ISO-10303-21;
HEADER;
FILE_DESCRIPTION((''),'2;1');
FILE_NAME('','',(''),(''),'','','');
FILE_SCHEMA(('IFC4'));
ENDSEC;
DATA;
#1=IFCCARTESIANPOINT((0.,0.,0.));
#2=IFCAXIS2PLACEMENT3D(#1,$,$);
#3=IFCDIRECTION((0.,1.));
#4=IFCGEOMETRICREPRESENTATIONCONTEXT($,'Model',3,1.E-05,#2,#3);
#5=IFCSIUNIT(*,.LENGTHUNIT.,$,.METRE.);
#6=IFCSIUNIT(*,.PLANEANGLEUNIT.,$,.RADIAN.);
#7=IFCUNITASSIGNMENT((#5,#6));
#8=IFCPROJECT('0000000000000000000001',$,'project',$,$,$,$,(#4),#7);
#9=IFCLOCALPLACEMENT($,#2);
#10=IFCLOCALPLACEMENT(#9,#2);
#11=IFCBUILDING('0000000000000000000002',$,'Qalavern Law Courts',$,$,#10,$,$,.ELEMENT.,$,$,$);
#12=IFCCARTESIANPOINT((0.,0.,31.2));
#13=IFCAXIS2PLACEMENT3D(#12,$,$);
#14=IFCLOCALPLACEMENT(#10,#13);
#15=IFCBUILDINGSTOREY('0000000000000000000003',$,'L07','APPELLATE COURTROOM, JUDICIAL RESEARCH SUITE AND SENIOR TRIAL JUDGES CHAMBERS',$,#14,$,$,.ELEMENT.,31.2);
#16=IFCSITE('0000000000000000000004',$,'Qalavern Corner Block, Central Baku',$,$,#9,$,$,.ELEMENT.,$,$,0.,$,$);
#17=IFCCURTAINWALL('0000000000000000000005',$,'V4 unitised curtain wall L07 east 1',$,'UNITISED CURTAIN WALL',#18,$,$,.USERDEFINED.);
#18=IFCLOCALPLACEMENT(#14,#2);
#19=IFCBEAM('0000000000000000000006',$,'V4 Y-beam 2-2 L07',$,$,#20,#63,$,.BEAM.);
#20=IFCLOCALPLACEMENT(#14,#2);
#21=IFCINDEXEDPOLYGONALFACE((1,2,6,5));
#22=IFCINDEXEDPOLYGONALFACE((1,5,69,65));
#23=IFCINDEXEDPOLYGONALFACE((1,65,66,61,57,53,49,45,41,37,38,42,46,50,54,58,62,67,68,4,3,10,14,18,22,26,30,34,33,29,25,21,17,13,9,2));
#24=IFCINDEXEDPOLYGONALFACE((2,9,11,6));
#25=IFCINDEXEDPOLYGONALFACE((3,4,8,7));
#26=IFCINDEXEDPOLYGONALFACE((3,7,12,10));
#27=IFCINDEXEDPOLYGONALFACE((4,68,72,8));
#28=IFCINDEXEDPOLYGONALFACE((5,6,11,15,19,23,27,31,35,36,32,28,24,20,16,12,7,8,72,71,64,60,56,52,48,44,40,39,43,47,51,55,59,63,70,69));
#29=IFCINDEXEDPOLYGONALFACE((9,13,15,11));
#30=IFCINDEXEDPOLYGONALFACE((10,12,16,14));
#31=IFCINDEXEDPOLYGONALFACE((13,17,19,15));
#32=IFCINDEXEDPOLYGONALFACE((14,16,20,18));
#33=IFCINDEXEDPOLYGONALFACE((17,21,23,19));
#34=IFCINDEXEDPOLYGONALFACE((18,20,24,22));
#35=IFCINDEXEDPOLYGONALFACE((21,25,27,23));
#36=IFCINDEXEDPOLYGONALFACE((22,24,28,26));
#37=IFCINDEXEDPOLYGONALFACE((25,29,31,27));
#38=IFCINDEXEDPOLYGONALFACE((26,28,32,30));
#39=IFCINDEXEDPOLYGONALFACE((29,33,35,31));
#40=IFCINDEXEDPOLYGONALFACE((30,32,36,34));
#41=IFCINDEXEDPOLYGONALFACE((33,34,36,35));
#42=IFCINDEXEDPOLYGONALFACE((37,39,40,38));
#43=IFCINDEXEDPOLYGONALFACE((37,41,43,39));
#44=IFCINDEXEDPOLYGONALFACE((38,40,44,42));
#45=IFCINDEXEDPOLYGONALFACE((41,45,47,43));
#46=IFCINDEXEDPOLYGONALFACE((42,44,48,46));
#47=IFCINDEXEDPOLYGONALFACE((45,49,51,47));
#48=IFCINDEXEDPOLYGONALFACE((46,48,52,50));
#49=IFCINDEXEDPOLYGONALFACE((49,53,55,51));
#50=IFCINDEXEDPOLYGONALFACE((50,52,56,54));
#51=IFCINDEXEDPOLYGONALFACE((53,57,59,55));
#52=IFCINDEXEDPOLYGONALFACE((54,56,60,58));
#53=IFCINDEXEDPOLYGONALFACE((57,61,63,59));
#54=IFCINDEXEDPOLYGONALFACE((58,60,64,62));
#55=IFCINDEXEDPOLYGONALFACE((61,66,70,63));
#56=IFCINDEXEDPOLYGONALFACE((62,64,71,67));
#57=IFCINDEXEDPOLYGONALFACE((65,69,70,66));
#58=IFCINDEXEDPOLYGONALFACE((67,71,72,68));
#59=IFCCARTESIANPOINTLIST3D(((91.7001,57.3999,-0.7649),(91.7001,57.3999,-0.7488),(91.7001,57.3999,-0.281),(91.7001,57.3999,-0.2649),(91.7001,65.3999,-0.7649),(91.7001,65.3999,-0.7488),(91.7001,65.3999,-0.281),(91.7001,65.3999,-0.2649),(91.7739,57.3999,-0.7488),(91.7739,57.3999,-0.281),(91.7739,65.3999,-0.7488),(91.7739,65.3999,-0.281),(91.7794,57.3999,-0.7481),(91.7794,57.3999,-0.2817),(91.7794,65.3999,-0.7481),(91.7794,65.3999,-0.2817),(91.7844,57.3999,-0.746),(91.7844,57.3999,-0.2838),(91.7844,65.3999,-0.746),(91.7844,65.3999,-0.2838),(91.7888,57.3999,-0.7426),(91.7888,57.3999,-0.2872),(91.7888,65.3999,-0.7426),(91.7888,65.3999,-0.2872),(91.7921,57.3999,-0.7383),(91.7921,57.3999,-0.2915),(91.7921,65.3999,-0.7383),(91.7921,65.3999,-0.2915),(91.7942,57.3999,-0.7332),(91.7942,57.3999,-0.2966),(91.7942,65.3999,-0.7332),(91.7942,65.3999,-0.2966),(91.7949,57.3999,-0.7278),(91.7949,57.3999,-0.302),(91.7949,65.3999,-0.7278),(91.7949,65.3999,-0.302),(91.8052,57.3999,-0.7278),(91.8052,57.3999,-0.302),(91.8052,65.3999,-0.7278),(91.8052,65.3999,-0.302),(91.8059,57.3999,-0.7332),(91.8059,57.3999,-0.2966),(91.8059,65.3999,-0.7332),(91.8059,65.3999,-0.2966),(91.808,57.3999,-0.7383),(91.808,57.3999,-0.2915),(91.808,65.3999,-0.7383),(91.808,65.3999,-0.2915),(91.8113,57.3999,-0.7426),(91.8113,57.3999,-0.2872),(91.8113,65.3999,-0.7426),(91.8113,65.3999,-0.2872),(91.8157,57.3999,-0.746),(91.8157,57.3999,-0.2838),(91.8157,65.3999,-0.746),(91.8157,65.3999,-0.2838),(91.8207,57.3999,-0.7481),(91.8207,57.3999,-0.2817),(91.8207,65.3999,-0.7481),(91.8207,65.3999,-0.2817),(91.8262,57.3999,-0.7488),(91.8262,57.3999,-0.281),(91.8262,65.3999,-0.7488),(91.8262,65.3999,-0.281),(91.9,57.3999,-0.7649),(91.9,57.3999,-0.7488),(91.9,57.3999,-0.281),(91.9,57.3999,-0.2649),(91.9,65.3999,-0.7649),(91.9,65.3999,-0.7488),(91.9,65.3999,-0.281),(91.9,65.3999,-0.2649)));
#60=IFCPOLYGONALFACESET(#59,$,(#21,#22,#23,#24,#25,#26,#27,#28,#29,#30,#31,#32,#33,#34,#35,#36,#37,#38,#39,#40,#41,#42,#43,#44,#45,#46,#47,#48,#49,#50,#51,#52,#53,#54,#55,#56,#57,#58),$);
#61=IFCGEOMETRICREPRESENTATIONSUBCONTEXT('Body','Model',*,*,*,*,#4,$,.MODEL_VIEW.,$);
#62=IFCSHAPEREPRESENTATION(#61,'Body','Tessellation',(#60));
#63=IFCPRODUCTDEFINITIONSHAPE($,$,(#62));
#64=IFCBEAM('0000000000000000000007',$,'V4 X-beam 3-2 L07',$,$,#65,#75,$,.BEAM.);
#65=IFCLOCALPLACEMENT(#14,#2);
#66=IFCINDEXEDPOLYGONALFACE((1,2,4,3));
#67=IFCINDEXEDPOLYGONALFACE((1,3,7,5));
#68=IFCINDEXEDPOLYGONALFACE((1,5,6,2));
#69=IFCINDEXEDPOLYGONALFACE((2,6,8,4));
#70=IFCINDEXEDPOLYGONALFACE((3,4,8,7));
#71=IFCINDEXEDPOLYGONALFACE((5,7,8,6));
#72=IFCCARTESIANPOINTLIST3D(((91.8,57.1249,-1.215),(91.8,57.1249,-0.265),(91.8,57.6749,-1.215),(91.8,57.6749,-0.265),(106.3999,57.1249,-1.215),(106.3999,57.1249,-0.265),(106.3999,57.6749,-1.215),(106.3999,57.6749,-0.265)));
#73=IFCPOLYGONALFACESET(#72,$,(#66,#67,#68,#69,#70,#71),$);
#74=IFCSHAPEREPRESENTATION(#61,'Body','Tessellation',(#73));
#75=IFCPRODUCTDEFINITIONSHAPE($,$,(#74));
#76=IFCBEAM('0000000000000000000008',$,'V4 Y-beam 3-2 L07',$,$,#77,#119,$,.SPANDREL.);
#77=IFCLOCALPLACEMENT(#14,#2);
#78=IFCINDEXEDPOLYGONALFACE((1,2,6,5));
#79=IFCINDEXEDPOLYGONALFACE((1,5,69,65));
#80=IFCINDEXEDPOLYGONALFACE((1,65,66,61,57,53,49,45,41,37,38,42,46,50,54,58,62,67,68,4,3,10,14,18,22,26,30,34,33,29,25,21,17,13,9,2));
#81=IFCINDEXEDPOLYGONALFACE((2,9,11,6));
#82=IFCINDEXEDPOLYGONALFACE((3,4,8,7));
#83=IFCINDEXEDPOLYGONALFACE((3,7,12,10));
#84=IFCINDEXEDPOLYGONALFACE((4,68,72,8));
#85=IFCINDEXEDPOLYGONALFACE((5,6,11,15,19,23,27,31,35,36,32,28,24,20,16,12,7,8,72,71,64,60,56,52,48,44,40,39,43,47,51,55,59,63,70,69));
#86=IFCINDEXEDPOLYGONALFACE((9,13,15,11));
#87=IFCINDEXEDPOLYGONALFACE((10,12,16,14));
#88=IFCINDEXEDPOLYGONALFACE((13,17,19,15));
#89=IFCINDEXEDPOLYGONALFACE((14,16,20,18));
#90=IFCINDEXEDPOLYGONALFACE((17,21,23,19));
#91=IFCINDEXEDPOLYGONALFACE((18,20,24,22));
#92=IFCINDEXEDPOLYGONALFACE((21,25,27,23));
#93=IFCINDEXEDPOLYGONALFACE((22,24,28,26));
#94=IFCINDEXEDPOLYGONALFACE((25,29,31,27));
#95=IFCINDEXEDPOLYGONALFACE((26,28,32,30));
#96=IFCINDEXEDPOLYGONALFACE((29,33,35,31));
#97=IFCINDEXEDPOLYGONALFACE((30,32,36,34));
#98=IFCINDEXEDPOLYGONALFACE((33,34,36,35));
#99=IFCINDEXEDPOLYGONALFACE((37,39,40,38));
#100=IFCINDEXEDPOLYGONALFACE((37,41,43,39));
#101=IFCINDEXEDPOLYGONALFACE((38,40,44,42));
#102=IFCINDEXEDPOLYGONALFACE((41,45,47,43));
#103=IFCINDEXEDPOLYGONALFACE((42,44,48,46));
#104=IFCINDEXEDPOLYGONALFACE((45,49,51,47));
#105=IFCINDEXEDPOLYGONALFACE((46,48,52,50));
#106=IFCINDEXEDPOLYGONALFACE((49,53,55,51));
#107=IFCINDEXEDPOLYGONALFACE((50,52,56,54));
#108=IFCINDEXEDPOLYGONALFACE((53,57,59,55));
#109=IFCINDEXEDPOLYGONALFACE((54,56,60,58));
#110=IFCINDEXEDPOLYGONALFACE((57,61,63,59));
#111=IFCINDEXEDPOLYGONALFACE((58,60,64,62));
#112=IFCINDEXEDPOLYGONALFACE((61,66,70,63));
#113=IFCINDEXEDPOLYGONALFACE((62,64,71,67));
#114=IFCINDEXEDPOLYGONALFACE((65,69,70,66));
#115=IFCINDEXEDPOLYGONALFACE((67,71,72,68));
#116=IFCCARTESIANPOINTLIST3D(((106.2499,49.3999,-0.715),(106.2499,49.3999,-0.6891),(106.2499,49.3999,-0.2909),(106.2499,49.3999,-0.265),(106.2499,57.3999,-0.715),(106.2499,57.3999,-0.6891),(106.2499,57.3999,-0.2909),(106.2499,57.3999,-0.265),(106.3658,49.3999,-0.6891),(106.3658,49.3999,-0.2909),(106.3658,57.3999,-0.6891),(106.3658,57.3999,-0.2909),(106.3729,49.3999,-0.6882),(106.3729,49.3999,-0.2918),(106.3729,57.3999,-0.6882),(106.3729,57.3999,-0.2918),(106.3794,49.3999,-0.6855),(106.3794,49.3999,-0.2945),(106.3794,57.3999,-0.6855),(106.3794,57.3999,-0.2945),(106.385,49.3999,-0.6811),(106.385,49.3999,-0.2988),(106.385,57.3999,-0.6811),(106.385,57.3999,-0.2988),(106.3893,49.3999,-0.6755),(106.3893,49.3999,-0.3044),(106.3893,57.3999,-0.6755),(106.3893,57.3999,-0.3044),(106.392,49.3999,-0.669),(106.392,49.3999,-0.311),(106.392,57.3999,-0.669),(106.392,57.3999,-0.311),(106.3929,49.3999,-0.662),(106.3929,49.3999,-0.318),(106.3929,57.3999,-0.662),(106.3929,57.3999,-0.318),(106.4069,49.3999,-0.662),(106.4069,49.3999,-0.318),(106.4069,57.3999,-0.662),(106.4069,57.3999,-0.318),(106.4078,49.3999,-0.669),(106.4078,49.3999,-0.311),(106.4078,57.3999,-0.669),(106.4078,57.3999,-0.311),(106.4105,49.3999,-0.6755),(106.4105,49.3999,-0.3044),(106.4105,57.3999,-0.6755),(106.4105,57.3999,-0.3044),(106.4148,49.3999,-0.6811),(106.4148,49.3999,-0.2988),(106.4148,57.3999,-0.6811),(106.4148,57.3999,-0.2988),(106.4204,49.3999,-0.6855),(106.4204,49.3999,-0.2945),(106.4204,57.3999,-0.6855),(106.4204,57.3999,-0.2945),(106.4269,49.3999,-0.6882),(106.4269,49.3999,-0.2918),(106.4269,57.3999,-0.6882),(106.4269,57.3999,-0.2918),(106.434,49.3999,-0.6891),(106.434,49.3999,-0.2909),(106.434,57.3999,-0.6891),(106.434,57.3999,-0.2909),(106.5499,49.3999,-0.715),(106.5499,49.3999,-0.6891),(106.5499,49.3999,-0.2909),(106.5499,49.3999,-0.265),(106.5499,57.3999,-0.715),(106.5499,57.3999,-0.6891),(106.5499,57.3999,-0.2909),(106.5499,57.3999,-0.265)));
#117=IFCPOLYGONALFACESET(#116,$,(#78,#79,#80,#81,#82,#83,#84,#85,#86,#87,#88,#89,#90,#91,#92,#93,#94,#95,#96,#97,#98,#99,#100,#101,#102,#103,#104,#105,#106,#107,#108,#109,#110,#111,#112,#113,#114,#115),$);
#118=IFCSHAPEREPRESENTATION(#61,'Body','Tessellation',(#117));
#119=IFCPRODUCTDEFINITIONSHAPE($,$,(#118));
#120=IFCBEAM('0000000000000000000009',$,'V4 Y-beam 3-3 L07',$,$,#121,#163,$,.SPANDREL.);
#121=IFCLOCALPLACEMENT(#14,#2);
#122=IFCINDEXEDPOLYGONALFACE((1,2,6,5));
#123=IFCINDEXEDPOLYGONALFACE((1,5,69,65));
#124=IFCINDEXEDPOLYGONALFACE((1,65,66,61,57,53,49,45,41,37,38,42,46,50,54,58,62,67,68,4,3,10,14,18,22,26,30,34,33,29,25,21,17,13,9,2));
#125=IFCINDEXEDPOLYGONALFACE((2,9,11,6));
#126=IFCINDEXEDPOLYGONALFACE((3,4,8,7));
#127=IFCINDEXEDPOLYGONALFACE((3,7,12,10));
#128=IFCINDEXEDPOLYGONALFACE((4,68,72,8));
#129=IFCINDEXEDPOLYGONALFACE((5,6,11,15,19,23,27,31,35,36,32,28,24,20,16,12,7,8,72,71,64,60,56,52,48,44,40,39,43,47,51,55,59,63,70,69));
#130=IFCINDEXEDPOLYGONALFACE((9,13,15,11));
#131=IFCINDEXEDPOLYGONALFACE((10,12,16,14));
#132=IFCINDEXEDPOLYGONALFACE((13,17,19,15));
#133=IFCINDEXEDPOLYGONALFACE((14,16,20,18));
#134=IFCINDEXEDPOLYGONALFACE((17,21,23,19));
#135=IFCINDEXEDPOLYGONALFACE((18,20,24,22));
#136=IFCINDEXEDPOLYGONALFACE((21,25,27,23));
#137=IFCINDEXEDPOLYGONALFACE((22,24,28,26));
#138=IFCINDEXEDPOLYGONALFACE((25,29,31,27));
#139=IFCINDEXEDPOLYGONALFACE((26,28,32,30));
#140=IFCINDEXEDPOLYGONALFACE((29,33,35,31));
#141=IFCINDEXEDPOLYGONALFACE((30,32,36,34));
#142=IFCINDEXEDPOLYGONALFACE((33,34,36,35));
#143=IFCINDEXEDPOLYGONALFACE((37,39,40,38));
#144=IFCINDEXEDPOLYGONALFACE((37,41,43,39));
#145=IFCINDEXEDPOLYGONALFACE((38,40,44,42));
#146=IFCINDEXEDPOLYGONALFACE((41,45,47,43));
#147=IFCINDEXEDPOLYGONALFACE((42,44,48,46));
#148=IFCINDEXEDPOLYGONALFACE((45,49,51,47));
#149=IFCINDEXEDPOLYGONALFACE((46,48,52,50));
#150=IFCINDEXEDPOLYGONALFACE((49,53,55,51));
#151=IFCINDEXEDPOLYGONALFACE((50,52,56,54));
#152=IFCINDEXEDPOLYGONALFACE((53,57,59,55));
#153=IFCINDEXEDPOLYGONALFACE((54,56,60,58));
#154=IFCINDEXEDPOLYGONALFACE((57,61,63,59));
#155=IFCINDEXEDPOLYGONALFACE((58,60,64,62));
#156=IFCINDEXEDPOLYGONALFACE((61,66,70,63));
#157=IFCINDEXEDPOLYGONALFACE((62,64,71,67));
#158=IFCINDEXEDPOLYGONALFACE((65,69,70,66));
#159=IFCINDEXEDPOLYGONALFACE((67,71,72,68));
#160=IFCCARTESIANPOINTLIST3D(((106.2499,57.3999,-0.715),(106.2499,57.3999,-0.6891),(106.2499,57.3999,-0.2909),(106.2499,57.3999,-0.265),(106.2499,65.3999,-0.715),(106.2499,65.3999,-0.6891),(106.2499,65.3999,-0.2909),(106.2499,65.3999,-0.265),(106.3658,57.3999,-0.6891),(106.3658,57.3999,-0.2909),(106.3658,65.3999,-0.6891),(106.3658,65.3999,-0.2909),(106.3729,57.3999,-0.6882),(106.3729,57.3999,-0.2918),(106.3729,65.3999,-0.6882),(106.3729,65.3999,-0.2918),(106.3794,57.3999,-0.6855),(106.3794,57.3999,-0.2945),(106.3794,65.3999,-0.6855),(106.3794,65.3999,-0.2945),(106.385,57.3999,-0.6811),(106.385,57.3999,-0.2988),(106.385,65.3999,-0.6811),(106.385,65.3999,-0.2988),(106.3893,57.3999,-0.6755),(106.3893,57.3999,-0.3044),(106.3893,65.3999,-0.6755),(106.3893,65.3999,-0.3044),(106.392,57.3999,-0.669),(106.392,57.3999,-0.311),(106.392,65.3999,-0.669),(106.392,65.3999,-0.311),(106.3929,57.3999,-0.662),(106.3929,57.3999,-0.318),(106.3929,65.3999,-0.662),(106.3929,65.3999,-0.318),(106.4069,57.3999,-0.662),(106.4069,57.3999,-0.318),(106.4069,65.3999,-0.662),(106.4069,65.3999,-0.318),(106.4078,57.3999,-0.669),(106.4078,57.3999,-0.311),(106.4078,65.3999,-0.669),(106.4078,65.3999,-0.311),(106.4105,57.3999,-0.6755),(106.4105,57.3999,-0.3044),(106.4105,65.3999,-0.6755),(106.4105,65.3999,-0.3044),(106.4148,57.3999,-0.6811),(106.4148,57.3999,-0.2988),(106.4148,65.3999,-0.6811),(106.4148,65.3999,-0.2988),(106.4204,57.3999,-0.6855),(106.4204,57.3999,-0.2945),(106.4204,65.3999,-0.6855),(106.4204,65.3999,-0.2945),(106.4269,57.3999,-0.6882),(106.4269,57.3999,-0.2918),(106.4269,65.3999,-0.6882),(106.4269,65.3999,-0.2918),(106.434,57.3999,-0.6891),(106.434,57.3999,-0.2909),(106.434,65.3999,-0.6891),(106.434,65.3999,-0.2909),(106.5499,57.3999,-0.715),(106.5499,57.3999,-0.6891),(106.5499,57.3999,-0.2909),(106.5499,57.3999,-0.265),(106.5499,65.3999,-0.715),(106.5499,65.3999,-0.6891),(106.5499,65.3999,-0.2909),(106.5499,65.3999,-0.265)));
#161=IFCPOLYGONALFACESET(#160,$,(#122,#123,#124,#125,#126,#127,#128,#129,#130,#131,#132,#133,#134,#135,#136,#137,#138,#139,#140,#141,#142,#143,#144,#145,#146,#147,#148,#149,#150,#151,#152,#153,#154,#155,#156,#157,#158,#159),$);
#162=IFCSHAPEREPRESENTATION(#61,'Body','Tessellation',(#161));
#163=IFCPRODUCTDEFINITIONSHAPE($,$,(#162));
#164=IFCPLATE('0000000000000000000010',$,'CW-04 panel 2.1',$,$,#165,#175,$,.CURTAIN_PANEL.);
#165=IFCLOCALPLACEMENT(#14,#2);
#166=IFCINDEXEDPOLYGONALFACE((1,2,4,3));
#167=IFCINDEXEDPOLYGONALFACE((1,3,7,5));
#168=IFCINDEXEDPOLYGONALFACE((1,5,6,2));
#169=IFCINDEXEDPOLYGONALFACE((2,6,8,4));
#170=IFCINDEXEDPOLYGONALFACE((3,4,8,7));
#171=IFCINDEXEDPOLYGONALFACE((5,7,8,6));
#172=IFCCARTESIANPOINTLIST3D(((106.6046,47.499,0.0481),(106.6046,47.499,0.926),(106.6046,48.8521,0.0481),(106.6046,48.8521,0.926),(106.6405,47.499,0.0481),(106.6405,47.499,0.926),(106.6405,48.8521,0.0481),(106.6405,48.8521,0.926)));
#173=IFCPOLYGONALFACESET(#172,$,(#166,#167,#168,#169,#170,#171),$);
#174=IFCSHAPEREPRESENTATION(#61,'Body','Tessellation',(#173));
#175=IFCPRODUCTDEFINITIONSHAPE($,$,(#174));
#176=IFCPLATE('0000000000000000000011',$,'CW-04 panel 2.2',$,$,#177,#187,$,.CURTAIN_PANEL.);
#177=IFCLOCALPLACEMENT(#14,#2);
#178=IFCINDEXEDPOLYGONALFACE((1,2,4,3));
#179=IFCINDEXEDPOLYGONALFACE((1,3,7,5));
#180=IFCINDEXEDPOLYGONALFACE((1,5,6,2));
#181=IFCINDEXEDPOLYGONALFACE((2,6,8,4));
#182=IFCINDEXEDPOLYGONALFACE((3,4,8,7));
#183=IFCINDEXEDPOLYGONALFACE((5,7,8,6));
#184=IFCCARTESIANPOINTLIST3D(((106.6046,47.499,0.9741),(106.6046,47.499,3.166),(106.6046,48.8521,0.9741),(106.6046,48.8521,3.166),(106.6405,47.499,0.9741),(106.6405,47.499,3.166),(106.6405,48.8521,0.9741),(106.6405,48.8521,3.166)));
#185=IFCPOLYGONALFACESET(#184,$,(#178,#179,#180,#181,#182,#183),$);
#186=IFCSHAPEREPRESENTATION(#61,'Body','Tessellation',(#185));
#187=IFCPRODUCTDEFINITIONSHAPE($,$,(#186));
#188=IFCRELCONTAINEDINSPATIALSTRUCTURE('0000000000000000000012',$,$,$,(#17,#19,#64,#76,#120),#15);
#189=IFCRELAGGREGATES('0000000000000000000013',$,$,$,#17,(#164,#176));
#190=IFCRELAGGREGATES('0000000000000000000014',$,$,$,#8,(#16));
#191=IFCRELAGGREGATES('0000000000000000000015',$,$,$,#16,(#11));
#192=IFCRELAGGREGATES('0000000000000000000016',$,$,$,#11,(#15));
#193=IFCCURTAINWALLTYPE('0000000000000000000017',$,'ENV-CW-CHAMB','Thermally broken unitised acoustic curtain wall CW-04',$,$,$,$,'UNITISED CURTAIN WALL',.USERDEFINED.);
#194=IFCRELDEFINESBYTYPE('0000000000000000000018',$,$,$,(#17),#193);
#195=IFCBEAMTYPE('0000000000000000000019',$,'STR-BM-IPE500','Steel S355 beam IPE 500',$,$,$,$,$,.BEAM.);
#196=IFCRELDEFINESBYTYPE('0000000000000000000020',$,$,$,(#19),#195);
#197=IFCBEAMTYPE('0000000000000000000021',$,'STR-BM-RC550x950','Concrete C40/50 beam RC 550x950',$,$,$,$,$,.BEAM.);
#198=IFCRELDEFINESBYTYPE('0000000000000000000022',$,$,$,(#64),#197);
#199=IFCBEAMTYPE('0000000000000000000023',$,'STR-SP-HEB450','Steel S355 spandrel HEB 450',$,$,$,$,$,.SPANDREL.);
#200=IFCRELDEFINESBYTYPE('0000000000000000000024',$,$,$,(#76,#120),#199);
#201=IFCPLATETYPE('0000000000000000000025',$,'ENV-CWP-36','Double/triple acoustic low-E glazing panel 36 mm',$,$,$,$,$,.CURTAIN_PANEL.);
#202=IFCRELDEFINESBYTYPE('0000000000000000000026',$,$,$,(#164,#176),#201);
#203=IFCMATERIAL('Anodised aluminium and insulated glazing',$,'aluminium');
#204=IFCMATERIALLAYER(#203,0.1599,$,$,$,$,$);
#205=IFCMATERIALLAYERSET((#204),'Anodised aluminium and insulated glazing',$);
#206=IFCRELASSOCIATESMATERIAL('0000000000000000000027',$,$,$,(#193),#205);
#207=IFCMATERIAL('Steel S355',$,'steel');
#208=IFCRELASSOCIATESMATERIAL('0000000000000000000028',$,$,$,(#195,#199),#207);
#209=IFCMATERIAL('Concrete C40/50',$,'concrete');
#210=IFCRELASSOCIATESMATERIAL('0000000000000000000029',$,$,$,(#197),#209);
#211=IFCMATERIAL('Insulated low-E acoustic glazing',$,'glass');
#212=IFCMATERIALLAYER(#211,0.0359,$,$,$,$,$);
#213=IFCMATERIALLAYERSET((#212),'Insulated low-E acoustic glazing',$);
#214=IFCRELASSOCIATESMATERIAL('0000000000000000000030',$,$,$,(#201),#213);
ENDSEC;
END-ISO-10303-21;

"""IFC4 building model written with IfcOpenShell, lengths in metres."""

from ifc_helpers import new_model, si_unit, direction, frame, origin, origin_2d, place, context, subcontext, project, spatial, rectangle, i_section, extrude, material, layer, layer_set, material_profile, profile_set, type_object, element, aggregate, save


model = new_model("IFC4")

# Units and contexts
model_context = context("Model", 3, precision=1e-05, world=origin(), true_north=direction((0.0, 1.0)))
body_context = subcontext(model_context, "Body", "Model", "MODEL_VIEW")
ifc_project = project(units=[si_unit("LENGTHUNIT", "METRE"), si_unit("PLANEANGLEUNIT", "RADIAN")], contexts=[model_context])

# Site, building, storey
site_placement = place(None, origin())
site = spatial("IfcSite", under=ifc_project, at=site_placement, Name="Qalavern Corner Block, Central Baku", CompositionType="ELEMENT", RefElevation=0.0)
building_placement = place(site_placement, origin())
building = spatial("IfcBuilding", under=site, at=building_placement, Name="Qalavern Law Courts", CompositionType="ELEMENT")
storey_placement = place(building_placement, frame((0.0, 0.0, 31.2)))
storey = spatial("IfcBuildingStorey", under=building, at=storey_placement, Name="L07", Description="APPELLATE COURTROOM, JUDICIAL RESEARCH SUITE AND SENIOR TRIAL JUDGES CHAMBERS", CompositionType="ELEMENT", Elevation=31.2)

# Curtain wall
ifc_material_1 = material(Name="Anodised aluminium and insulated glazing", Category="aluminium")
ifc_layer_1 = layer(ifc_material_1, 0.1599)
ifc_layer_set_1 = layer_set([ifc_layer_1], Name="Anodised aluminium and insulated glazing")
curtain_wall_type = type_object("IfcCurtainWallType", Name="ENV-CW-CHAMB", Description="Thermally broken unitised acoustic curtain wall CW-04", ElementType="UNITISED CURTAIN WALL", PredefinedType="USERDEFINED", material=ifc_layer_set_1)
curtain_wall_1_placement = place(storey_placement, origin())
curtain_wall_1 = element("IfcCurtainWall", 1, at=curtain_wall_1_placement, inside=storey, type_object=curtain_wall_type, Name="V4 unitised curtain wall L07 east 1", ObjectType="UNITISED CURTAIN WALL", PredefinedType="USERDEFINED")

# Beams
ifc_material_2 = material(Name="Steel S355", Category="steel")
ifc_material_profile_1 = material_profile(ifc_material_2, i_section(OverallWidth=0.2, OverallDepth=0.5, WebThickness=0.0103, FlangeThickness=0.0161, FilletRadius=0.021, at=origin_2d()), Name="IPE 500")
ifc_profile_set_1 = profile_set([ifc_material_profile_1], Name="Steel S355")
beam_type_1 = type_object("IfcBeamType", Name="STR-BM-IPE500", Description="Steel S355 beam IPE 500", PredefinedType="BEAM", material=ifc_profile_set_1)
beam_1_placement = place(storey_placement, frame((91.8, 57.3999, -0.5149), z_axis=(0.0, 1.0, 0.0), x_axis=(-1.0, 0.0, 0.0)))
element("IfcBeam", 2, at=beam_1_placement, inside=storey, type_object=beam_type_1, Name="V4 Y-beam 2-2 L07", PredefinedType="BEAM", context=body_context, shape_type="SweptSolid", body=[
    extrude(i_section(OverallWidth=0.2, OverallDepth=0.5, WebThickness=0.0103, FlangeThickness=0.0161, FilletRadius=0.021, at=origin_2d()), origin(), (0.0, 0.0, 1.0), 8.0),
])
ifc_material_3 = material(Name="Concrete C40/50", Category="concrete")
ifc_material_profile_2 = material_profile(ifc_material_3, rectangle(XDim=0.55, YDim=0.95, at=origin_2d()), Name="RC 550x950")
ifc_profile_set_2 = profile_set([ifc_material_profile_2], Name="Concrete C40/50")
beam_type_2 = type_object("IfcBeamType", Name="STR-BM-RC550x950", Description="Concrete C40/50 beam RC 550x950", PredefinedType="BEAM", material=ifc_profile_set_2)
beam_2_placement = place(storey_placement, frame((91.8, 57.3999, -0.74), z_axis=(1.0, 0.0, 0.0), x_axis=(0.0, 1.0, 0.0)))
element("IfcBeam", 3, at=beam_2_placement, inside=storey, type_object=beam_type_2, Name="V4 X-beam 3-2 L07", PredefinedType="BEAM", context=body_context, shape_type="SweptSolid", body=[
    extrude(rectangle(XDim=0.55, YDim=0.95, at=origin_2d()), origin(), (0.0, 0.0, 1.0), 14.5999),
])
ifc_material_profile_3 = material_profile(ifc_material_2, i_section(OverallWidth=0.3, OverallDepth=0.45, WebThickness=0.0139, FlangeThickness=0.0259, FilletRadius=0.0271, at=origin_2d()), Name="HEB 450")
ifc_profile_set_3 = profile_set([ifc_material_profile_3], Name="Steel S355")
beam_type_3 = type_object("IfcBeamType", Name="STR-SP-HEB450", Description="Steel S355 spandrel HEB 450", PredefinedType="SPANDREL", material=ifc_profile_set_3)
for number, where, z_axis, x_axis, name in (
    (4, (106.3999, 49.3999, -0.49), (0.0, 1.0, 0.0), (-1.0, 0.0, 0.0), "V4 Y-beam 3-2 L07"),
    (5, (106.3999, 57.3999, -0.49), (0.0, 1.0, 0.0), (-1.0, 0.0, 0.0), "V4 Y-beam 3-3 L07"),
):
    element("IfcBeam", number, at=place(storey_placement, frame(where, z_axis=z_axis, x_axis=x_axis)), inside=storey, type_object=beam_type_3, Name=name, PredefinedType="SPANDREL", context=body_context, shape_type="SweptSolid", body=[
        extrude(i_section(OverallWidth=0.3, OverallDepth=0.45, WebThickness=0.0139, FlangeThickness=0.0259, FilletRadius=0.0271, at=origin_2d()), origin(), (0.0, 0.0, 1.0), 8.0),
    ])

# Plates
ifc_material_4 = material(Name="Insulated low-E acoustic glazing", Category="glass")
ifc_layer_2 = layer(ifc_material_4, 0.0359)
ifc_layer_set_2 = layer_set([ifc_layer_2], Name="Insulated low-E acoustic glazing")
plate_type_1 = type_object("IfcPlateType", Name="ENV-CWP-36", Description="Double/triple acoustic low-E glazing panel 36 mm", PredefinedType="CURTAIN_PANEL", material=ifc_layer_set_2)
plate_1_placement = place(storey_placement, frame((106.6226, 48.1755, 0.0481), z_axis=(0.0, 0.0, 1.0), x_axis=(0.0, 1.0, 0.0)))
plate_1 = element("IfcPlate", 6, at=plate_1_placement, type_object=plate_type_1, Name="CW-04 panel 2.1", PredefinedType="CURTAIN_PANEL", context=body_context, shape_type="SweptSolid", body=[
    extrude(rectangle(XDim=1.353, YDim=0.0359, at=origin_2d()), origin(), (0.0, 0.0, 1.0), 0.8779),
])
plate_2_placement = place(storey_placement, frame((106.6226, 48.1755, 0.9741), z_axis=(0.0, 0.0, 1.0), x_axis=(0.0, 1.0, 0.0)))
plate_2 = element("IfcPlate", 7, at=plate_2_placement, type_object=plate_type_1, Name="CW-04 panel 2.2", PredefinedType="CURTAIN_PANEL", context=body_context, shape_type="SweptSolid", body=[
    extrude(rectangle(XDim=1.353, YDim=0.0359, at=origin_2d()), origin(), (0.0, 0.0, 1.0), 2.1919),
])
aggregate(curtain_wall_1, [plate_1, plate_2])

save(model, "model.ifc")
